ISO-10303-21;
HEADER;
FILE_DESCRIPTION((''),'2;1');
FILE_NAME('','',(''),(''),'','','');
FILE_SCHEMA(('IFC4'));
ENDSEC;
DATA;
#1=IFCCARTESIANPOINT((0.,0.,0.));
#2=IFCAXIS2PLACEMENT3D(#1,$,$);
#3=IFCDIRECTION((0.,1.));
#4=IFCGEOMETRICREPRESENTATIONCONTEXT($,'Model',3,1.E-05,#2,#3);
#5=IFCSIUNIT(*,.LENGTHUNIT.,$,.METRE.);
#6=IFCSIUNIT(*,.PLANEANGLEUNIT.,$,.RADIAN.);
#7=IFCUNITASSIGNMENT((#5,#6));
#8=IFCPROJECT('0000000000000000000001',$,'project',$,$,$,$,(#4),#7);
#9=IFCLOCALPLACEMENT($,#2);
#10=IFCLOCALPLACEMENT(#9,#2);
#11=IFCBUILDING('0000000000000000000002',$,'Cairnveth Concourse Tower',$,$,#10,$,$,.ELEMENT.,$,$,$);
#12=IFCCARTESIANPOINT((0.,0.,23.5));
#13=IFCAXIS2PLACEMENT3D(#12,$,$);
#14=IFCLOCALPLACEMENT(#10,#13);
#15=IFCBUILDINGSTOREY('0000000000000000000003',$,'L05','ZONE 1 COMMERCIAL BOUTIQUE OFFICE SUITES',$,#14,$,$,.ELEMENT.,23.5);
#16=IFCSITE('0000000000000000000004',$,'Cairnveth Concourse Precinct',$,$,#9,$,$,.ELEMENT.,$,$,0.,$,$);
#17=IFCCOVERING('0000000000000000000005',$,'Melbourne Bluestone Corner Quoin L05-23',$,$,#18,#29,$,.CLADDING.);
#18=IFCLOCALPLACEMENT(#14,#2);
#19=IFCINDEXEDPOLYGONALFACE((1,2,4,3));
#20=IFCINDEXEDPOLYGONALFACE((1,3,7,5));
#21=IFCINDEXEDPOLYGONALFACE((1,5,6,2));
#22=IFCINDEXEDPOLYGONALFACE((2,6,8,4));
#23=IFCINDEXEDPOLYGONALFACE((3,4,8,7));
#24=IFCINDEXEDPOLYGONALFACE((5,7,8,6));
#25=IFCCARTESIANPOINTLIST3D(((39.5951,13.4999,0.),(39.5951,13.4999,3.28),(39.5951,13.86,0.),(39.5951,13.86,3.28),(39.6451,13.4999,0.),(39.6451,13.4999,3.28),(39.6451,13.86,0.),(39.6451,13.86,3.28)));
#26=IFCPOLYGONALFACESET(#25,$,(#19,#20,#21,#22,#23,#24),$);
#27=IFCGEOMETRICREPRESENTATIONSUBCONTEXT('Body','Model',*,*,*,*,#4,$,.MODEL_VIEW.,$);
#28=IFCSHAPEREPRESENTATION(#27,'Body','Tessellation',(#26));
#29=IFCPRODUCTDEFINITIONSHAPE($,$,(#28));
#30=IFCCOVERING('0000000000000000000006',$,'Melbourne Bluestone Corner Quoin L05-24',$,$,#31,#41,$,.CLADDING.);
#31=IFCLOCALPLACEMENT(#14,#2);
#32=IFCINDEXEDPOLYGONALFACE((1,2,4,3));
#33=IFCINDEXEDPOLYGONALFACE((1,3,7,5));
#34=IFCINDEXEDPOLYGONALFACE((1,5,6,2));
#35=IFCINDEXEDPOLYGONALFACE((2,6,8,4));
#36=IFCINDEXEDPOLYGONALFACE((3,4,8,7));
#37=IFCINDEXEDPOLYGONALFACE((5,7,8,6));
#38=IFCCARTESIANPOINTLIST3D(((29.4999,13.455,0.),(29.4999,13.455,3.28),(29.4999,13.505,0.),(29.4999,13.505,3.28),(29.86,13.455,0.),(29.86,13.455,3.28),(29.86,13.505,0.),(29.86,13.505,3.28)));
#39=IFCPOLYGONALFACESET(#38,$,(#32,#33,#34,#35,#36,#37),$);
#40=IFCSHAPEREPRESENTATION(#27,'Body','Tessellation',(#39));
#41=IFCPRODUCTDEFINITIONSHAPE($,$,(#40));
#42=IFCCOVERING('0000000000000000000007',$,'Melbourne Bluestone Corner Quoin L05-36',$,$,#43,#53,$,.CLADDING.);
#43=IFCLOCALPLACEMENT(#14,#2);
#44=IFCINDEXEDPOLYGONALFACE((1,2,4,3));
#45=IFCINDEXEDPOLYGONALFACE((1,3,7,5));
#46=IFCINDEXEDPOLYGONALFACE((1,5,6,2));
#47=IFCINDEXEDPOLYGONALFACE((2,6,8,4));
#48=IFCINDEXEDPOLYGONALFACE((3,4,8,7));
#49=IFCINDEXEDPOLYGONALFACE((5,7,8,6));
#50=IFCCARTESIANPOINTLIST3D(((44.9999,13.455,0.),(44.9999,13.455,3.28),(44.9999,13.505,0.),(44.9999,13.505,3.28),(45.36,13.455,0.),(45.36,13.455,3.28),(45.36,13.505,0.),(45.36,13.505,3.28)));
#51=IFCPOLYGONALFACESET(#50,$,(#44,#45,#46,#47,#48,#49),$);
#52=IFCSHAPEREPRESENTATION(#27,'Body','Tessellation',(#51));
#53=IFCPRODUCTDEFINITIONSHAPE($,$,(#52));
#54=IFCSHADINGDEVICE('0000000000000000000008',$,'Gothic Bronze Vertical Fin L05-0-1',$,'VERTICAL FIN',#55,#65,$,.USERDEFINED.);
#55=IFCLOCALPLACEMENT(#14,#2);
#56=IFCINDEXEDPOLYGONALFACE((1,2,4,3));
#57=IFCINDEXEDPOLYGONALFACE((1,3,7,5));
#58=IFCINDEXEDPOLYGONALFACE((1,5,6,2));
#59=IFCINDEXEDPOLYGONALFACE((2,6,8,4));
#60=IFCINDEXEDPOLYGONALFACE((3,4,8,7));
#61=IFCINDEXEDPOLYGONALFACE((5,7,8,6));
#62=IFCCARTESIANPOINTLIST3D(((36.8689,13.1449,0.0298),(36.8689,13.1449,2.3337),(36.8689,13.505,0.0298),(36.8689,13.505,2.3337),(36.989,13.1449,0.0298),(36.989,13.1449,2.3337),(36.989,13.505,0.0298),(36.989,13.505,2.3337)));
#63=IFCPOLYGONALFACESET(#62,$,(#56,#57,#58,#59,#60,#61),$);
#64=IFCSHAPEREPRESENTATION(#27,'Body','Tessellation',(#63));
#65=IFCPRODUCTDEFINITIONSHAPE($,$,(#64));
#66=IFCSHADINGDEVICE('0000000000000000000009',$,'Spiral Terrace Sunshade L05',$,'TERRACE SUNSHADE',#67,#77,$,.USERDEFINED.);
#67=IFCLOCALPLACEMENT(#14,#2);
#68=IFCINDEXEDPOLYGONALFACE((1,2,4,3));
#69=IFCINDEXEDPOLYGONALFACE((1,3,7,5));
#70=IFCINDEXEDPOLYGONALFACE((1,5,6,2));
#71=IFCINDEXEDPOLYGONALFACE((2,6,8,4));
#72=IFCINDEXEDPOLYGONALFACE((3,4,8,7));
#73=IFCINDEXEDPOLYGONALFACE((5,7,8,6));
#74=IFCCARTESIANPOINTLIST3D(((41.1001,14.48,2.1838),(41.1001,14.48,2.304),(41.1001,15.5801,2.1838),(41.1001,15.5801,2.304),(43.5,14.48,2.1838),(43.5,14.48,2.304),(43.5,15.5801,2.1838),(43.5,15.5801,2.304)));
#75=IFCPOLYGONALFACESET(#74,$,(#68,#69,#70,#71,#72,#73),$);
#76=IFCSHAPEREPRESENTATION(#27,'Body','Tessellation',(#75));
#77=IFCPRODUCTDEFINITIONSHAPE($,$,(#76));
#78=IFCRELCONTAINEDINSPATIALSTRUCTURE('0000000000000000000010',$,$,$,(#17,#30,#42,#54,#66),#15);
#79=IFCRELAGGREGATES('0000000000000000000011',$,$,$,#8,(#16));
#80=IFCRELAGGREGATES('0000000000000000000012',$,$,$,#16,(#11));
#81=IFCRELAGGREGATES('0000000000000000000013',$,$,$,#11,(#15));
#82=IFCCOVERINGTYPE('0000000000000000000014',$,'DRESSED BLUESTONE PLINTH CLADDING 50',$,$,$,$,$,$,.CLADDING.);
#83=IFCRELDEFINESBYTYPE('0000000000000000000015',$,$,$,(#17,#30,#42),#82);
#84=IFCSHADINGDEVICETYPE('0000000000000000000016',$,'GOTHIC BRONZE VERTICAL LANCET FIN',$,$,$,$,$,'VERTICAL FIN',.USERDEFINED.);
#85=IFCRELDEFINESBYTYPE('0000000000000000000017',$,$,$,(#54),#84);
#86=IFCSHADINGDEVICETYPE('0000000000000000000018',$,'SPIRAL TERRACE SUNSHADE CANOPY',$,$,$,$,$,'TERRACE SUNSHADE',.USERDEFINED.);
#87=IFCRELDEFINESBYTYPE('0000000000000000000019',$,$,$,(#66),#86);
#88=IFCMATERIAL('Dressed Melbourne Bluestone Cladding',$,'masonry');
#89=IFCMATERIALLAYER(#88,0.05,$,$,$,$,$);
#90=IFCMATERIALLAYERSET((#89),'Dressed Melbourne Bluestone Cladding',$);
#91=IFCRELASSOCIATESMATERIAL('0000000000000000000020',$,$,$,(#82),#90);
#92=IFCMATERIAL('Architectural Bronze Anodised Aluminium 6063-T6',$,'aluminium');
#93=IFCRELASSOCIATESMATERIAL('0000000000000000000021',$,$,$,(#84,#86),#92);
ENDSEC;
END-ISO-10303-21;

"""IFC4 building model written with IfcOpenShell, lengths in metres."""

from ifc_helpers import new_model, si_unit, direction, frame, frame_2d, origin, origin_2d, place, context, subcontext, project, spatial, rectangle, extrude, material, layer, layer_set, type_object, element, save


model = new_model("IFC4")

# Units and contexts
model_context = context("Model", 3, precision=1e-05, world=origin(), true_north=direction((0.0, 1.0)))
body_context = subcontext(model_context, "Body", "Model", "MODEL_VIEW")
ifc_project = project(units=[si_unit("LENGTHUNIT", "METRE"), si_unit("PLANEANGLEUNIT", "RADIAN")], contexts=[model_context])

# Site, building, storey
site_placement = place(None, origin())
site = spatial("IfcSite", under=ifc_project, at=site_placement, Name="Cairnveth Concourse Precinct", CompositionType="ELEMENT", RefElevation=0.0)
building_placement = place(site_placement, origin())
building = spatial("IfcBuilding", under=site, at=building_placement, Name="Cairnveth Concourse Tower", CompositionType="ELEMENT")
storey_placement = place(building_placement, frame((0.0, 0.0, 23.5)))
storey = spatial("IfcBuildingStorey", under=building, at=storey_placement, Name="L05", Description="ZONE 1 COMMERCIAL BOUTIQUE OFFICE SUITES", CompositionType="ELEMENT", Elevation=23.5)

# Shared definitions
ifc_material_1 = material(Name="Dressed Melbourne Bluestone Cladding", Category="masonry")

# Coverings
ifc_layer_1 = layer(ifc_material_1, 0.05)
ifc_layer_set_1 = layer_set([ifc_layer_1], Name="Dressed Melbourne Bluestone Cladding")
covering_type = type_object("IfcCoveringType", Name="DRESSED BLUESTONE PLINTH CLADDING 50", PredefinedType="CLADDING", material=ifc_layer_set_1)
for number, where, z_axis, x_axis, name in (
    (1, (39.6201, 13.8601, 0.0), (0.0, 0.0, 1.0), (0.0, -1.0, 0.0), "Melbourne Bluestone Corner Quoin L05-23"),
    (2, (29.8601, 13.48, 0.0), (0.0, 0.0, 1.0), (-1.0, 0.0, 0.0), "Melbourne Bluestone Corner Quoin L05-24"),
    (3, (45.3601, 13.48, 0.0), (0.0, 0.0, 1.0), (-1.0, 0.0, 0.0), "Melbourne Bluestone Corner Quoin L05-36"),
):
    element("IfcCovering", number, at=place(storey_placement, frame(where, z_axis=z_axis, x_axis=x_axis)), inside=storey, type_object=covering_type, Name=name, PredefinedType="CLADDING", context=body_context, shape_type="SweptSolid", body=[
        extrude(rectangle(XDim=0.3601, YDim=0.05, at=frame_2d((0.1802, 0.0))), origin(), (0.0, 0.0, 1.0), 3.28),
    ])

# Shading devices
ifc_material_2 = material(Name="Architectural Bronze Anodised Aluminium 6063-T6", Category="aluminium")
shading_device_type_1 = type_object("IfcShadingDeviceType", Name="GOTHIC BRONZE VERTICAL LANCET FIN", ElementType="VERTICAL FIN", PredefinedType="USERDEFINED", material=ifc_material_2)
shading_device_1_placement = place(storey_placement, frame((36.929, 13.325, 0.0298), z_axis=(0.0, 0.0, 1.0), x_axis=(1.0, 0.0, 0.0)))
element("IfcShadingDevice", 4, at=shading_device_1_placement, inside=storey, type_object=shading_device_type_1, Name="Gothic Bronze Vertical Fin L05-0-1", ObjectType="VERTICAL FIN", PredefinedType="USERDEFINED", context=body_context, shape_type="SweptSolid", body=[
    extrude(rectangle(XDim=0.1201, YDim=0.3601, at=origin_2d()), origin(), (0.0, 0.0, 1.0), 2.304),
])
shading_device_type_2 = type_object("IfcShadingDeviceType", Name="SPIRAL TERRACE SUNSHADE CANOPY", ElementType="TERRACE SUNSHADE", PredefinedType="USERDEFINED", material=ifc_material_2)
shading_device_2_placement = place(storey_placement, frame((42.3, 15.03, 2.1838), z_axis=(0.0, 0.0, 1.0), x_axis=(1.0, 0.0, 0.0)))
element("IfcShadingDevice", 5, at=shading_device_2_placement, inside=storey, type_object=shading_device_type_2, Name="Spiral Terrace Sunshade L05", ObjectType="TERRACE SUNSHADE", PredefinedType="USERDEFINED", context=body_context, shape_type="SweptSolid", body=[
    extrude(rectangle(XDim=2.3999, YDim=1.1001, at=origin_2d()), origin(), (0.0, 0.0, 1.0), 0.1201),
])

save(model, "model.ifc")
